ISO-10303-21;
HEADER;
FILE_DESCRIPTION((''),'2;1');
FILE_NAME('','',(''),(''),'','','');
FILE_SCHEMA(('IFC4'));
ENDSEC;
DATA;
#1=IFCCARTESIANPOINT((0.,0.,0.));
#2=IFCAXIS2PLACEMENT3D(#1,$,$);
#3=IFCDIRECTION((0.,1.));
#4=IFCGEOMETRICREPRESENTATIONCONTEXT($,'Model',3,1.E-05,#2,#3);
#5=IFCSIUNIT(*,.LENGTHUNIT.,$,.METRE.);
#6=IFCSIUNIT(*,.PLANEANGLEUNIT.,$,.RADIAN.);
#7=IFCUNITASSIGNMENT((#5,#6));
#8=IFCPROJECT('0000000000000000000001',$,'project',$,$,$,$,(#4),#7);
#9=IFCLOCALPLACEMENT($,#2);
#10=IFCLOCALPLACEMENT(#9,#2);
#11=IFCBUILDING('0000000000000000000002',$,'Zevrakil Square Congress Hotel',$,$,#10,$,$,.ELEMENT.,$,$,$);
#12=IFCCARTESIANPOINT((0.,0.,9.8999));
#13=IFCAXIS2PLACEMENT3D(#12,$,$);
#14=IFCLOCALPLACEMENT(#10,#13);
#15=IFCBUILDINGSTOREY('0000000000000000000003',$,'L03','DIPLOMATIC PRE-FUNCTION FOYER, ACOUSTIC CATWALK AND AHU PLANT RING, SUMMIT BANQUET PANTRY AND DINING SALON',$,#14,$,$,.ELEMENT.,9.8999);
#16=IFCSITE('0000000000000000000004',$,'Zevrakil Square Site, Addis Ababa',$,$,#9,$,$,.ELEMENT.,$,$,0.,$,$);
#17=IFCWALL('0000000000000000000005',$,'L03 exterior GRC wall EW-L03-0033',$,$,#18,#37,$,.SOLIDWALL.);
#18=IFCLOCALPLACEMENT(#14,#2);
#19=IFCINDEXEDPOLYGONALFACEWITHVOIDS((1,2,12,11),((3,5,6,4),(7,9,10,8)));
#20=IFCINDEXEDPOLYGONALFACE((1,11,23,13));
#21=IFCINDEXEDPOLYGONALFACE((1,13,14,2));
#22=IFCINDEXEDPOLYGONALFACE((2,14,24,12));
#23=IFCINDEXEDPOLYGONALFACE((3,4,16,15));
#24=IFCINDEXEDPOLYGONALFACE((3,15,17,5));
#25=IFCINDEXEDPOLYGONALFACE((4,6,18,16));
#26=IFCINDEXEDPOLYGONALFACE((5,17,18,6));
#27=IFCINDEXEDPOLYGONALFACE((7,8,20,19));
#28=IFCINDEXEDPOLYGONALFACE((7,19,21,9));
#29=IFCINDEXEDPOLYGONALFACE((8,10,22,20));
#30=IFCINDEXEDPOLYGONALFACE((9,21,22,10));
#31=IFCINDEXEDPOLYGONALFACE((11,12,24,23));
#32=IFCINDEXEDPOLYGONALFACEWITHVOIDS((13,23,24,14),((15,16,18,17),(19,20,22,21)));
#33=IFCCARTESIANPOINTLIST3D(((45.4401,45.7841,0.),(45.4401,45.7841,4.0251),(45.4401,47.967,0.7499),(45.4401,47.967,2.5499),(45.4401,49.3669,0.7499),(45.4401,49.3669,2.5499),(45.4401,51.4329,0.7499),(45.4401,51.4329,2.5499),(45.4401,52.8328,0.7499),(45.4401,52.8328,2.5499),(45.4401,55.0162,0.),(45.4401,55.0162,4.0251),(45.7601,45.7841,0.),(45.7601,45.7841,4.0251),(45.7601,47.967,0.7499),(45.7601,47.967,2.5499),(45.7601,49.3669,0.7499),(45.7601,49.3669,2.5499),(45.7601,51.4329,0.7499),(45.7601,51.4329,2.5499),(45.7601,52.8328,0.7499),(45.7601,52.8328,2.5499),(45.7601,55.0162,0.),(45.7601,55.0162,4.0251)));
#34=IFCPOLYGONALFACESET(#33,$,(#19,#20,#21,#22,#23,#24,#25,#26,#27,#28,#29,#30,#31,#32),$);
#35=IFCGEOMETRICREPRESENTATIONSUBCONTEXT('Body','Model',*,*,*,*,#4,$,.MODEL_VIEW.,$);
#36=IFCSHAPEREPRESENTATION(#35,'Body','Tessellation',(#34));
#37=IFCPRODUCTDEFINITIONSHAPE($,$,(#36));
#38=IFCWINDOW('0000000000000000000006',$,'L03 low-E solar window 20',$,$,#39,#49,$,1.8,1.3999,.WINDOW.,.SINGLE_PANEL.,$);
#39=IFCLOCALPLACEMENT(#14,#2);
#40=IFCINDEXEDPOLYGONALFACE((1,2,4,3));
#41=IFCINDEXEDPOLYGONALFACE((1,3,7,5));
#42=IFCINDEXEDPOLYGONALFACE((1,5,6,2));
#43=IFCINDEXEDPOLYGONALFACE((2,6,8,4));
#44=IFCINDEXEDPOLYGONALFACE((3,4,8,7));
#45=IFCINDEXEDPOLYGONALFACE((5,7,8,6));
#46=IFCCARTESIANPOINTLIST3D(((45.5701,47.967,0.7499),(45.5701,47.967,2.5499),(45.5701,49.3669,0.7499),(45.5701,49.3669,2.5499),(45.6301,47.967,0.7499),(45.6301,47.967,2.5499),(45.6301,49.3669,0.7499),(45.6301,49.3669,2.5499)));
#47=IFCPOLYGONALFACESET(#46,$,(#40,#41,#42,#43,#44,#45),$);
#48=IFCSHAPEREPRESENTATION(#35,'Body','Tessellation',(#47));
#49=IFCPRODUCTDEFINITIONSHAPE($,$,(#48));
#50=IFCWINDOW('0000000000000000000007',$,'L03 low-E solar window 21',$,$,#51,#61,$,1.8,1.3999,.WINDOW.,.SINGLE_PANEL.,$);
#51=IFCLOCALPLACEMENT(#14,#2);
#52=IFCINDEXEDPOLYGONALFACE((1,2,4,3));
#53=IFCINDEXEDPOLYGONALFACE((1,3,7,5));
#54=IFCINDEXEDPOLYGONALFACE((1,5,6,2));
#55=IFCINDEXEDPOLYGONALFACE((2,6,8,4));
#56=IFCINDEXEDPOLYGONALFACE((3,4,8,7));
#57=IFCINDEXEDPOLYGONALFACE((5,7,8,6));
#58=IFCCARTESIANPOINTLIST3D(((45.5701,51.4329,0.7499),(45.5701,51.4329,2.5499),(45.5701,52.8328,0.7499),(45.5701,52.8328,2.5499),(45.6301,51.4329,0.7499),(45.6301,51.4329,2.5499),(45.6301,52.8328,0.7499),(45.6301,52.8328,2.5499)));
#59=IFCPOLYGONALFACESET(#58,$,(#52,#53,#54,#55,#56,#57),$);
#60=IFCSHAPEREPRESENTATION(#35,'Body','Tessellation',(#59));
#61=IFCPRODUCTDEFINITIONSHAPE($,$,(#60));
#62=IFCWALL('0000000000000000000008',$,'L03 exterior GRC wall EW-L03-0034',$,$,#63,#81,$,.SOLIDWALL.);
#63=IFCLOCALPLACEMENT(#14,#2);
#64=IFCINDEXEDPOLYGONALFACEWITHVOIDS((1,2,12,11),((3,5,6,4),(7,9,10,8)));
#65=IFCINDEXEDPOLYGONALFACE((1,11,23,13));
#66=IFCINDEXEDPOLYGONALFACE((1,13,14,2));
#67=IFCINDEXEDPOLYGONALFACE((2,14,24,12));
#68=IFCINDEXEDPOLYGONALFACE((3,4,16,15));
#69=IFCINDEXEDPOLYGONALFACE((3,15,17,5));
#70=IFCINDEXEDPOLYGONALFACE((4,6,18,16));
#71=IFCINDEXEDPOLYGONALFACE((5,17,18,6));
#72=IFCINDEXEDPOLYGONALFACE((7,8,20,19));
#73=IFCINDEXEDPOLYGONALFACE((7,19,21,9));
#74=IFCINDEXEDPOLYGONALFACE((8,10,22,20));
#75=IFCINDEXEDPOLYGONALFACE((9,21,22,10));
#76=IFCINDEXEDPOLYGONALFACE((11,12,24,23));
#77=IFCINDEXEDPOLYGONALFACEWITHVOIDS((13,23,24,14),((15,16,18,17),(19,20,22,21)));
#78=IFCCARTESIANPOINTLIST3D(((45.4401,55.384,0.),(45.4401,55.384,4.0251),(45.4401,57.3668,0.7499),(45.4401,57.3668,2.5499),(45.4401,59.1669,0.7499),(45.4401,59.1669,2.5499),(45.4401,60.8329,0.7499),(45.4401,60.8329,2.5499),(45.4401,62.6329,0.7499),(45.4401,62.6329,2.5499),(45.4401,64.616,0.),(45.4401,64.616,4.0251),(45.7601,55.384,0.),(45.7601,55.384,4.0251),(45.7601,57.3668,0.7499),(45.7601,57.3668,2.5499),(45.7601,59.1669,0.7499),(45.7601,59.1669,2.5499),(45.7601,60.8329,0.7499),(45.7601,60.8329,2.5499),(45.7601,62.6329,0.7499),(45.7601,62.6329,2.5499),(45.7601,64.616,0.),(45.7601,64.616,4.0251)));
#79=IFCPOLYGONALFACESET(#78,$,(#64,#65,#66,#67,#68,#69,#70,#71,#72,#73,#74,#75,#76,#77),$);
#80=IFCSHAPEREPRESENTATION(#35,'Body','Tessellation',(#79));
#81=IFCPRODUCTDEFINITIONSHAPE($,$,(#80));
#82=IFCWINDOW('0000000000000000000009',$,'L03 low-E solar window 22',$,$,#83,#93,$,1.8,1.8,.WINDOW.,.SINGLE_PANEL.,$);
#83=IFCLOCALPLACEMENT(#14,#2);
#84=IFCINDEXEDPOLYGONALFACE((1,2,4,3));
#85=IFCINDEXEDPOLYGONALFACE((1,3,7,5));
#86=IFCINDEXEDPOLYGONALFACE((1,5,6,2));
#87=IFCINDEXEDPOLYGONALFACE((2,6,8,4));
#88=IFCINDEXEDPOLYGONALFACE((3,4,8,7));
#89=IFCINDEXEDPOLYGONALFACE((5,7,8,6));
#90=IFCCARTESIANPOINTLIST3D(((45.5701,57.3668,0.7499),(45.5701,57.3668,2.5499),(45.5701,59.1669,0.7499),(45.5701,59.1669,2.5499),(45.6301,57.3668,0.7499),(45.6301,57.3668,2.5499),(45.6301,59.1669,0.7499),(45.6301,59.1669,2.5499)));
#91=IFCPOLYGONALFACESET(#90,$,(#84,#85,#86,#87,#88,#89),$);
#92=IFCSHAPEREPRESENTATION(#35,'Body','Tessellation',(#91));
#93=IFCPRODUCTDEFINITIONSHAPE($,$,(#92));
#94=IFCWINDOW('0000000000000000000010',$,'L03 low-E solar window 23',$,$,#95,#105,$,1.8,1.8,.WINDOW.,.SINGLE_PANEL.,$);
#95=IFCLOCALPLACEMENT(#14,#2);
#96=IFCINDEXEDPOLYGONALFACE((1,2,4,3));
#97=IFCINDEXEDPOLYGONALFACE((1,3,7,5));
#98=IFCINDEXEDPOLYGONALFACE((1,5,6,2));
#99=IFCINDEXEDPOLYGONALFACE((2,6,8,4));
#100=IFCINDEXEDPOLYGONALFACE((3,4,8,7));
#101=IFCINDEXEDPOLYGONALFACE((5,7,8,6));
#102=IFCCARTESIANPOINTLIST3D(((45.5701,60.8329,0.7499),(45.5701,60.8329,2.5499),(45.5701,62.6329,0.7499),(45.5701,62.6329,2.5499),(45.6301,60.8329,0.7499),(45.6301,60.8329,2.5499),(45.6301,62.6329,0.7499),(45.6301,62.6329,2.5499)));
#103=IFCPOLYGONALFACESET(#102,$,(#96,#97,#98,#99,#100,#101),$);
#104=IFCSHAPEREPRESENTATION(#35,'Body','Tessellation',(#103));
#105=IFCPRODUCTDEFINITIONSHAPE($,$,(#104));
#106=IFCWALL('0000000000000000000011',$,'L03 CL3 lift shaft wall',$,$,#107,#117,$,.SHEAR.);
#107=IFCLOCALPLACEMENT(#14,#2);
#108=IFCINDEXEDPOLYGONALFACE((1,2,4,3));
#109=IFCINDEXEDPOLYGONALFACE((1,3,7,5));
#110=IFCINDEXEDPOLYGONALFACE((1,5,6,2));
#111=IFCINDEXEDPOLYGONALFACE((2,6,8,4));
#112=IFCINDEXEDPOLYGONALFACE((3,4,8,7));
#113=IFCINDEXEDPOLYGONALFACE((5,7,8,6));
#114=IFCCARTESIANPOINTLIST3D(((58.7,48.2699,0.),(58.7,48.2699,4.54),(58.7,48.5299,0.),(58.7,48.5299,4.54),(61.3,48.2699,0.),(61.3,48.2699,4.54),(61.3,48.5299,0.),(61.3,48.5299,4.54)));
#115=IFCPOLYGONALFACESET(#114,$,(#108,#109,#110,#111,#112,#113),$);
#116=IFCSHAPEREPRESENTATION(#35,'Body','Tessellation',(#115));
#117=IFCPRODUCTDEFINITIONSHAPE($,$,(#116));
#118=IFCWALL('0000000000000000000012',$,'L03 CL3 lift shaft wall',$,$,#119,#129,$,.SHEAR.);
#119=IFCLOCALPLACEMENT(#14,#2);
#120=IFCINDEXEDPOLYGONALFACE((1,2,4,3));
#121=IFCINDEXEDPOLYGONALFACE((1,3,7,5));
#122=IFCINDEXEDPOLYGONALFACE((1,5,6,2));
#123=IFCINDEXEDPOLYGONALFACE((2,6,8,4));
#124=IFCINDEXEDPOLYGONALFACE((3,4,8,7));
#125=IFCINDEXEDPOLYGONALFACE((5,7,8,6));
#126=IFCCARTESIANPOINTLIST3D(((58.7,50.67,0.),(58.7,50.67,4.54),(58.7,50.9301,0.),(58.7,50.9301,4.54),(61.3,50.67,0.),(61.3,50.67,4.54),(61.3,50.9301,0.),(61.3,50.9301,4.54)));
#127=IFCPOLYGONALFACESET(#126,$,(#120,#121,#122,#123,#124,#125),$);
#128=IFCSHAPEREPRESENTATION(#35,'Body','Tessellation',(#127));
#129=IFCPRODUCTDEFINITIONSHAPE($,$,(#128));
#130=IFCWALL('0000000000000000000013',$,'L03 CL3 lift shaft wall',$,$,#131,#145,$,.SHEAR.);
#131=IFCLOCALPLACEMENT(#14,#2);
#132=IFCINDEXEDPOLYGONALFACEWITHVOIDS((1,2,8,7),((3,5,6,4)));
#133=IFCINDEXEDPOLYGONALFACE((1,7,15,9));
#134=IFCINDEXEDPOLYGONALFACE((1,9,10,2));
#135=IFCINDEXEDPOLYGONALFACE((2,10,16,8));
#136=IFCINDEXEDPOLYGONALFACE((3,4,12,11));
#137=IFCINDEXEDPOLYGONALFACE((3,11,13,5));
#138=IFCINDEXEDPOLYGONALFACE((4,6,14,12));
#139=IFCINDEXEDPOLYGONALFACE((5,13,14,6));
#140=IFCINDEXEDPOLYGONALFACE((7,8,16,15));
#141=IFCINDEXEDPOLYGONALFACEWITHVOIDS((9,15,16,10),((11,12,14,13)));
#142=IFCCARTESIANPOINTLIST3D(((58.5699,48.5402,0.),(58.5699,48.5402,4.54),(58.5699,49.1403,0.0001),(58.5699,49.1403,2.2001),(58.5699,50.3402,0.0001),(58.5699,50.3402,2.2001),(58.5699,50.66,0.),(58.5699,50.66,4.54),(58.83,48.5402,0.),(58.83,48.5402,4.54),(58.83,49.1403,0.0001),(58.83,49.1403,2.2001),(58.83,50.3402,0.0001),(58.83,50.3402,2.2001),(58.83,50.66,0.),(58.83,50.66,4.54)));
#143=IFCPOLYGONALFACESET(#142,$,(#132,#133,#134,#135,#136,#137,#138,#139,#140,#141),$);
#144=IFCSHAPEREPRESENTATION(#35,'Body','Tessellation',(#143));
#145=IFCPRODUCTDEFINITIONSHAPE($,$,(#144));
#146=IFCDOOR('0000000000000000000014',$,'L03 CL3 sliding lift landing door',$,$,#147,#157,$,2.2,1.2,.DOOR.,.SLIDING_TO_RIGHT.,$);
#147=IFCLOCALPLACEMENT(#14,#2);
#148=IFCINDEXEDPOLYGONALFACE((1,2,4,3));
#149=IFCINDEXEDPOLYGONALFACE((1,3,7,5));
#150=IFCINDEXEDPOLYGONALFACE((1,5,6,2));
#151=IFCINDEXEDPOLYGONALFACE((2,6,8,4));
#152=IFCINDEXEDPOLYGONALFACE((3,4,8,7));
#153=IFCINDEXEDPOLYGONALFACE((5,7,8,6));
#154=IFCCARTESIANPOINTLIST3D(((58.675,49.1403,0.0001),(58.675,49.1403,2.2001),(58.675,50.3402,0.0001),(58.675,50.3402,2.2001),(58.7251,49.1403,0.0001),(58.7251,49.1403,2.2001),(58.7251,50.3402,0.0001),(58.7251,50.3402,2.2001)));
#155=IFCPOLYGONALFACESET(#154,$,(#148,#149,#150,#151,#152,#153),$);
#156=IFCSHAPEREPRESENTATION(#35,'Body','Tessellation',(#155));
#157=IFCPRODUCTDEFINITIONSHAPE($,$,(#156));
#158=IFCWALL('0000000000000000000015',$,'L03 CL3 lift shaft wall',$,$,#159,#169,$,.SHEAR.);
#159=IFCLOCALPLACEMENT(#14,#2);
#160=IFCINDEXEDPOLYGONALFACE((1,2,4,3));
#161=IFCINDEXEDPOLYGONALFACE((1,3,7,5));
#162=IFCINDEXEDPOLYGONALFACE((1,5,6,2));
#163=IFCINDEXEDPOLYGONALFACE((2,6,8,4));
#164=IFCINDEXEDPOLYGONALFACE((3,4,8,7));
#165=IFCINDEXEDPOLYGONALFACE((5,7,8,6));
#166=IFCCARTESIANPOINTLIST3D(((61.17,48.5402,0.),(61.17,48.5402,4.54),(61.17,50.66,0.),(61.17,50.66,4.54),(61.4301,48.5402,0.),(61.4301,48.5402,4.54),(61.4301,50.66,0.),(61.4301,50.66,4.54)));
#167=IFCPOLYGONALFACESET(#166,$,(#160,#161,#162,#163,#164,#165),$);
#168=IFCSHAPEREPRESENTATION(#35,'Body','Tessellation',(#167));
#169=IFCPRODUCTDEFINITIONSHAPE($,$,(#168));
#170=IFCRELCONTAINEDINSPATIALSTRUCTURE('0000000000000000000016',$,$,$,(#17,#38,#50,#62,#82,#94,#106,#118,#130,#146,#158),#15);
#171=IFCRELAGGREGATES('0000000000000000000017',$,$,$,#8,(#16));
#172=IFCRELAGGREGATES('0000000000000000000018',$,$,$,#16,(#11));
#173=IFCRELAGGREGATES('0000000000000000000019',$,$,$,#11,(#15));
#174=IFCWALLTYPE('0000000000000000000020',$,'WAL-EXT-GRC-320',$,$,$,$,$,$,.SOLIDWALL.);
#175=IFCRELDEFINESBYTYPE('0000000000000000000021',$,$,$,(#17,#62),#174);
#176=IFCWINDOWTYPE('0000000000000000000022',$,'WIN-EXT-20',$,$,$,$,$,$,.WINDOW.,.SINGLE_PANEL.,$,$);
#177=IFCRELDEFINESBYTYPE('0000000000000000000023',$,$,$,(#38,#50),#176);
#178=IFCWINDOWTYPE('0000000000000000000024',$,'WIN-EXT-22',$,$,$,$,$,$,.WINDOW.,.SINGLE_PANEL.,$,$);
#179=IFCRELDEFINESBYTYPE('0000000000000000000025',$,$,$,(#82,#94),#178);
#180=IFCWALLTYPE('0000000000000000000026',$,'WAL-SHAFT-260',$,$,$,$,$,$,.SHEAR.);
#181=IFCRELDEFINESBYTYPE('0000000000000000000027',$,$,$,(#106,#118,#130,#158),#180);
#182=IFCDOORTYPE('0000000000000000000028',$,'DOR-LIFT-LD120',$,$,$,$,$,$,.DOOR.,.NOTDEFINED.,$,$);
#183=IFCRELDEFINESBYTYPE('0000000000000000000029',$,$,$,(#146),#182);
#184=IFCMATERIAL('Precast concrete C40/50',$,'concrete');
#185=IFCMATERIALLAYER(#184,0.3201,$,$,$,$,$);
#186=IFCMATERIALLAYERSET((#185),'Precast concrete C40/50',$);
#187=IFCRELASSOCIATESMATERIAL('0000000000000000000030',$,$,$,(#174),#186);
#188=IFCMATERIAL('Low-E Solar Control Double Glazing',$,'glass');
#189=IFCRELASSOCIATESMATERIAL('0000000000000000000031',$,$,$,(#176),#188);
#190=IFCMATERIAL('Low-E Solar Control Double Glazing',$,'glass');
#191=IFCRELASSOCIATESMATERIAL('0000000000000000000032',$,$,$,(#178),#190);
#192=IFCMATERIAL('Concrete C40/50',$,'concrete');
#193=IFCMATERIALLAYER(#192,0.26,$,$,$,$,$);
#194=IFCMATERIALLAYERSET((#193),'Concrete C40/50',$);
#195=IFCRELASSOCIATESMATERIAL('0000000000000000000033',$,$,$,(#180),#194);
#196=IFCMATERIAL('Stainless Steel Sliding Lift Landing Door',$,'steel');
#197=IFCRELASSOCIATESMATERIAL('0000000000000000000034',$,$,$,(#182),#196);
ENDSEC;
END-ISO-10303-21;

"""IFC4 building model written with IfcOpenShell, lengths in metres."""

from ifc_helpers import new_model, si_unit, direction, frame, frame_2d, origin, place, context, subcontext, project, spatial, rectangle, extrude, material, layer, layer_set, type_object, element, fill, save


model = new_model("IFC4")

# Units and contexts
model_context = context("Model", 3, precision=1e-05, world=origin(), true_north=direction((0.0, 1.0)))
body_context = subcontext(model_context, "Body", "Model", "MODEL_VIEW")
ifc_project = project(units=[si_unit("LENGTHUNIT", "METRE"), si_unit("PLANEANGLEUNIT", "RADIAN")], contexts=[model_context])

# Site, building, storey
site_placement = place(None, origin())
site = spatial("IfcSite", under=ifc_project, at=site_placement, Name="Zevrakil Square Site, Addis Ababa", CompositionType="ELEMENT", RefElevation=0.0)
building_placement = place(site_placement, origin())
building = spatial("IfcBuilding", under=site, at=building_placement, Name="Zevrakil Square Congress Hotel", CompositionType="ELEMENT")
storey_placement = place(building_placement, frame((0.0, 0.0, 9.8999)))
storey = spatial("IfcBuildingStorey", under=building, at=storey_placement, Name="L03", Description="DIPLOMATIC PRE-FUNCTION FOYER, ACOUSTIC CATWALK AND AHU PLANT RING, SUMMIT BANQUET PANTRY AND DINING SALON", CompositionType="ELEMENT", Elevation=9.8999)

# Walls, openings, windows
ifc_material_1 = material(Name="Precast concrete C40/50", Category="concrete")
ifc_layer_1 = layer(ifc_material_1, 0.3201)
ifc_layer_set_1 = layer_set([ifc_layer_1], Name="Precast concrete C40/50")
wall_type_1 = type_object("IfcWallType", Name="WAL-EXT-GRC-320", PredefinedType="SOLIDWALL", material=ifc_layer_set_1)
wall_1_placement = place(storey_placement, frame((45.6001, 45.7839, 0.0), z_axis=(0.0, 0.0, 1.0), x_axis=(0.0, 1.0, 0.0)))
wall_1 = element("IfcWall", 1, at=wall_1_placement, inside=storey, type_object=wall_type_1, Name="L03 exterior GRC wall EW-L03-0033", PredefinedType="SOLIDWALL", context=body_context, shape_type="SweptSolid", body=[
    extrude(rectangle(XDim=9.2322, YDim=0.3201, at=frame_2d((4.6162, 0.0))), origin(), (0.0, 0.0, 1.0), 4.0251),
])
opening_1_placement = place(wall_1_placement, frame((2.1831, 0.0, 0.75)))
opening_1 = element("IfcOpeningElement", 2, at=opening_1_placement, cuts=wall_1, PredefinedType="OPENING", context=body_context, shape_type="SweptSolid", body=[
    extrude(rectangle(XDim=1.3999, YDim=1.8, at=frame_2d((0.7, 0.8999))), frame((0.0, 0.1699, 0.0), z_axis=(0.0, -1.0, 0.0), x_axis=(1.0, 0.0, 0.0)), (0.0, 0.0, 1.0), 0.3401),
])
opening_2_placement = place(wall_1_placement, frame((5.6489, 0.0, 0.75)))
opening_2 = element("IfcOpeningElement", 3, at=opening_2_placement, cuts=wall_1, PredefinedType="OPENING", context=body_context, shape_type="SweptSolid", body=[
    extrude(rectangle(XDim=1.3999, YDim=1.8, at=frame_2d((0.7, 0.8999))), frame((0.0, 0.1699, 0.0), z_axis=(0.0, -1.0, 0.0), x_axis=(1.0, 0.0, 0.0)), (0.0, 0.0, 1.0), 0.3401),
])
ifc_material_2 = material(Name="Low-E Solar Control Double Glazing", Category="glass")
window_type_1 = type_object("IfcWindowType", Name="WIN-EXT-20", PartitioningType="SINGLE_PANEL", PredefinedType="WINDOW", material=ifc_material_2)
window_1_placement = place(opening_1_placement, origin())
window_1 = element("IfcWindow", 4, at=window_1_placement, inside=storey, type_object=window_type_1, Name="L03 low-E solar window 20", OverallHeight=1.8, OverallWidth=1.3999, PartitioningType="SINGLE_PANEL", PredefinedType="WINDOW", context=body_context, shape_type="SweptSolid", body=[
    extrude(rectangle(XDim=1.3999, YDim=1.8, at=frame_2d((0.7, 0.8999))), frame((0.0, 0.03, 0.0), z_axis=(0.0, -1.0, 0.0), x_axis=(1.0, 0.0, 0.0)), (0.0, 0.0, 1.0), 0.0601),
])
fill(opening_1, window_1)
window_2_placement = place(opening_2_placement, origin())
window_2 = element("IfcWindow", 5, at=window_2_placement, inside=storey, type_object=window_type_1, Name="L03 low-E solar window 21", OverallHeight=1.8, OverallWidth=1.3999, PartitioningType="SINGLE_PANEL", PredefinedType="WINDOW", context=body_context, shape_type="SweptSolid", body=[
    extrude(rectangle(XDim=1.3999, YDim=1.8, at=frame_2d((0.7, 0.8999))), frame((0.0, 0.03, 0.0), z_axis=(0.0, -1.0, 0.0), x_axis=(1.0, 0.0, 0.0)), (0.0, 0.0, 1.0), 0.0601),
])
fill(opening_2, window_2)
wall_2_placement = place(storey_placement, frame((45.6001, 55.384, 0.0), z_axis=(0.0, 0.0, 1.0), x_axis=(0.0, 1.0, 0.0)))
wall_2 = element("IfcWall", 6, at=wall_2_placement, inside=storey, type_object=wall_type_1, Name="L03 exterior GRC wall EW-L03-0034", PredefinedType="SOLIDWALL", context=body_context, shape_type="SweptSolid", body=[
    extrude(rectangle(XDim=9.2319, YDim=0.3201, at=frame_2d((4.616, 0.0))), origin(), (0.0, 0.0, 1.0), 4.0251),
])
opening_3_placement = place(wall_2_placement, frame((1.9829, 0.0, 0.75)))
opening_3 = element("IfcOpeningElement", 7, at=opening_3_placement, cuts=wall_2, PredefinedType="OPENING", context=body_context, shape_type="SweptSolid", body=[
    extrude(rectangle(XDim=1.8, YDim=1.8, at=frame_2d((0.8999, 0.8999))), frame((0.0, 0.1699, 0.0), z_axis=(0.0, -1.0, 0.0), x_axis=(1.0, 0.0, 0.0)), (0.0, 0.0, 1.0), 0.3401),
])
opening_4_placement = place(wall_2_placement, frame((5.449, 0.0, 0.75)))
opening_4 = element("IfcOpeningElement", 8, at=opening_4_placement, cuts=wall_2, PredefinedType="OPENING", context=body_context, shape_type="SweptSolid", body=[
    extrude(rectangle(XDim=1.8, YDim=1.8, at=frame_2d((0.8999, 0.8999))), frame((0.0, 0.1699, 0.0), z_axis=(0.0, -1.0, 0.0), x_axis=(1.0, 0.0, 0.0)), (0.0, 0.0, 1.0), 0.3401),
])
ifc_material_3 = material(Name="Low-E Solar Control Double Glazing", Category="glass")
window_type_2 = type_object("IfcWindowType", Name="WIN-EXT-22", PartitioningType="SINGLE_PANEL", PredefinedType="WINDOW", material=ifc_material_3)
window_3_placement = place(opening_3_placement, origin())
window_3 = element("IfcWindow", 9, at=window_3_placement, inside=storey, type_object=window_type_2, Name="L03 low-E solar window 22", OverallHeight=1.8, OverallWidth=1.8, PartitioningType="SINGLE_PANEL", PredefinedType="WINDOW", context=body_context, shape_type="SweptSolid", body=[
    extrude(rectangle(XDim=1.8, YDim=1.8, at=frame_2d((0.8999, 0.8999))), frame((0.0, 0.03, 0.0), z_axis=(0.0, -1.0, 0.0), x_axis=(1.0, 0.0, 0.0)), (0.0, 0.0, 1.0), 0.0601),
])
fill(opening_3, window_3)
window_4_placement = place(opening_4_placement, origin())
window_4 = element("IfcWindow", 10, at=window_4_placement, inside=storey, type_object=window_type_2, Name="L03 low-E solar window 23", OverallHeight=1.8, OverallWidth=1.8, PartitioningType="SINGLE_PANEL", PredefinedType="WINDOW", context=body_context, shape_type="SweptSolid", body=[
    extrude(rectangle(XDim=1.8, YDim=1.8, at=frame_2d((0.8999, 0.8999))), frame((0.0, 0.03, 0.0), z_axis=(0.0, -1.0, 0.0), x_axis=(1.0, 0.0, 0.0)), (0.0, 0.0, 1.0), 0.0601),
])
fill(opening_4, window_4)

# Walls
ifc_material_4 = material(Name="Concrete C40/50", Category="concrete")
ifc_layer_2 = layer(ifc_material_4, 0.26)
ifc_layer_set_2 = layer_set([ifc_layer_2], Name="Concrete C40/50")
wall_type_2 = type_object("IfcWallType", Name="WAL-SHAFT-260", PredefinedType="SHEAR", material=ifc_layer_set_2)
for number, where, z_axis, x_axis, name in (
    (11, (58.7, 48.3999, 0.0), (0.0, 0.0, 1.0), (1.0, 0.0, 0.0), "L03 CL3 lift shaft wall"),
    (12, (58.7, 50.8, 0.0), (0.0, 0.0, 1.0), (1.0, 0.0, 0.0), "L03 CL3 lift shaft wall"),
):
    element("IfcWall", number, at=place(storey_placement, frame(where, z_axis=z_axis, x_axis=x_axis)), inside=storey, type_object=wall_type_2, Name=name, PredefinedType="SHEAR", context=body_context, shape_type="SweptSolid", body=[
        extrude(rectangle(XDim=2.6001, YDim=0.26, at=frame_2d((1.3, 0.0))), origin(), (0.0, 0.0, 1.0), 4.54),
    ])

# Wall, opening, door
wall_3_placement = place(storey_placement, frame((58.7, 48.54, 0.0), z_axis=(0.0, 0.0, 1.0), x_axis=(0.0, 1.0, 0.0)))
wall_3 = element("IfcWall", 13, at=wall_3_placement, inside=storey, type_object=wall_type_2, Name="L03 CL3 lift shaft wall", PredefinedType="SHEAR", context=body_context, shape_type="SweptSolid", body=[
    extrude(rectangle(XDim=2.1199, YDim=0.26, at=frame_2d((1.0601, 0.0))), origin(), (0.0, 0.0, 1.0), 4.54),
])
opening_5_placement = place(wall_3_placement, frame((0.6001, 0.0, 0.0)))
opening_5 = element("IfcOpeningElement", 14, at=opening_5_placement, cuts=wall_3, PredefinedType="OPENING", context=body_context, shape_type="SweptSolid", body=[
    extrude(rectangle(XDim=1.2, YDim=2.2, at=frame_2d((0.6001, 1.1001))), frame((0.0, 0.1401, 0.0), z_axis=(0.0, -1.0, 0.0), x_axis=(1.0, 0.0, 0.0)), (0.0, 0.0, 1.0), 0.28),
])
ifc_material_5 = material(Name="Stainless Steel Sliding Lift Landing Door", Category="steel")
door_type_1 = type_object("IfcDoorType", Name="DOR-LIFT-LD120", OperationType="NOTDEFINED", PredefinedType="DOOR", material=ifc_material_5)
door_1_placement = place(opening_5_placement, origin())
door_1 = element("IfcDoor", 15, at=door_1_placement, inside=storey, type_object=door_type_1, Name="L03 CL3 sliding lift landing door", OperationType="SLIDING_TO_RIGHT", OverallHeight=2.2, OverallWidth=1.2, PredefinedType="DOOR", context=body_context, shape_type="SweptSolid", body=[
    extrude(rectangle(XDim=1.2, YDim=2.2, at=frame_2d((0.6001, 1.1001))), frame((0.0, 0.0249, 0.0), z_axis=(0.0, -1.0, 0.0), x_axis=(1.0, 0.0, 0.0)), (0.0, 0.0, 1.0), 0.05),
])
fill(opening_5, door_1)

# Wall
wall_4_placement = place(storey_placement, frame((61.3, 48.54, 0.0), z_axis=(0.0, 0.0, 1.0), x_axis=(0.0, 1.0, 0.0)))
element("IfcWall", 16, at=wall_4_placement, inside=storey, type_object=wall_type_2, Name="L03 CL3 lift shaft wall", PredefinedType="SHEAR", context=body_context, shape_type="SweptSolid", body=[
    extrude(rectangle(XDim=2.1199, YDim=0.26, at=frame_2d((1.0601, 0.0))), origin(), (0.0, 0.0, 1.0), 4.54),
])

save(model, "model.ifc")
